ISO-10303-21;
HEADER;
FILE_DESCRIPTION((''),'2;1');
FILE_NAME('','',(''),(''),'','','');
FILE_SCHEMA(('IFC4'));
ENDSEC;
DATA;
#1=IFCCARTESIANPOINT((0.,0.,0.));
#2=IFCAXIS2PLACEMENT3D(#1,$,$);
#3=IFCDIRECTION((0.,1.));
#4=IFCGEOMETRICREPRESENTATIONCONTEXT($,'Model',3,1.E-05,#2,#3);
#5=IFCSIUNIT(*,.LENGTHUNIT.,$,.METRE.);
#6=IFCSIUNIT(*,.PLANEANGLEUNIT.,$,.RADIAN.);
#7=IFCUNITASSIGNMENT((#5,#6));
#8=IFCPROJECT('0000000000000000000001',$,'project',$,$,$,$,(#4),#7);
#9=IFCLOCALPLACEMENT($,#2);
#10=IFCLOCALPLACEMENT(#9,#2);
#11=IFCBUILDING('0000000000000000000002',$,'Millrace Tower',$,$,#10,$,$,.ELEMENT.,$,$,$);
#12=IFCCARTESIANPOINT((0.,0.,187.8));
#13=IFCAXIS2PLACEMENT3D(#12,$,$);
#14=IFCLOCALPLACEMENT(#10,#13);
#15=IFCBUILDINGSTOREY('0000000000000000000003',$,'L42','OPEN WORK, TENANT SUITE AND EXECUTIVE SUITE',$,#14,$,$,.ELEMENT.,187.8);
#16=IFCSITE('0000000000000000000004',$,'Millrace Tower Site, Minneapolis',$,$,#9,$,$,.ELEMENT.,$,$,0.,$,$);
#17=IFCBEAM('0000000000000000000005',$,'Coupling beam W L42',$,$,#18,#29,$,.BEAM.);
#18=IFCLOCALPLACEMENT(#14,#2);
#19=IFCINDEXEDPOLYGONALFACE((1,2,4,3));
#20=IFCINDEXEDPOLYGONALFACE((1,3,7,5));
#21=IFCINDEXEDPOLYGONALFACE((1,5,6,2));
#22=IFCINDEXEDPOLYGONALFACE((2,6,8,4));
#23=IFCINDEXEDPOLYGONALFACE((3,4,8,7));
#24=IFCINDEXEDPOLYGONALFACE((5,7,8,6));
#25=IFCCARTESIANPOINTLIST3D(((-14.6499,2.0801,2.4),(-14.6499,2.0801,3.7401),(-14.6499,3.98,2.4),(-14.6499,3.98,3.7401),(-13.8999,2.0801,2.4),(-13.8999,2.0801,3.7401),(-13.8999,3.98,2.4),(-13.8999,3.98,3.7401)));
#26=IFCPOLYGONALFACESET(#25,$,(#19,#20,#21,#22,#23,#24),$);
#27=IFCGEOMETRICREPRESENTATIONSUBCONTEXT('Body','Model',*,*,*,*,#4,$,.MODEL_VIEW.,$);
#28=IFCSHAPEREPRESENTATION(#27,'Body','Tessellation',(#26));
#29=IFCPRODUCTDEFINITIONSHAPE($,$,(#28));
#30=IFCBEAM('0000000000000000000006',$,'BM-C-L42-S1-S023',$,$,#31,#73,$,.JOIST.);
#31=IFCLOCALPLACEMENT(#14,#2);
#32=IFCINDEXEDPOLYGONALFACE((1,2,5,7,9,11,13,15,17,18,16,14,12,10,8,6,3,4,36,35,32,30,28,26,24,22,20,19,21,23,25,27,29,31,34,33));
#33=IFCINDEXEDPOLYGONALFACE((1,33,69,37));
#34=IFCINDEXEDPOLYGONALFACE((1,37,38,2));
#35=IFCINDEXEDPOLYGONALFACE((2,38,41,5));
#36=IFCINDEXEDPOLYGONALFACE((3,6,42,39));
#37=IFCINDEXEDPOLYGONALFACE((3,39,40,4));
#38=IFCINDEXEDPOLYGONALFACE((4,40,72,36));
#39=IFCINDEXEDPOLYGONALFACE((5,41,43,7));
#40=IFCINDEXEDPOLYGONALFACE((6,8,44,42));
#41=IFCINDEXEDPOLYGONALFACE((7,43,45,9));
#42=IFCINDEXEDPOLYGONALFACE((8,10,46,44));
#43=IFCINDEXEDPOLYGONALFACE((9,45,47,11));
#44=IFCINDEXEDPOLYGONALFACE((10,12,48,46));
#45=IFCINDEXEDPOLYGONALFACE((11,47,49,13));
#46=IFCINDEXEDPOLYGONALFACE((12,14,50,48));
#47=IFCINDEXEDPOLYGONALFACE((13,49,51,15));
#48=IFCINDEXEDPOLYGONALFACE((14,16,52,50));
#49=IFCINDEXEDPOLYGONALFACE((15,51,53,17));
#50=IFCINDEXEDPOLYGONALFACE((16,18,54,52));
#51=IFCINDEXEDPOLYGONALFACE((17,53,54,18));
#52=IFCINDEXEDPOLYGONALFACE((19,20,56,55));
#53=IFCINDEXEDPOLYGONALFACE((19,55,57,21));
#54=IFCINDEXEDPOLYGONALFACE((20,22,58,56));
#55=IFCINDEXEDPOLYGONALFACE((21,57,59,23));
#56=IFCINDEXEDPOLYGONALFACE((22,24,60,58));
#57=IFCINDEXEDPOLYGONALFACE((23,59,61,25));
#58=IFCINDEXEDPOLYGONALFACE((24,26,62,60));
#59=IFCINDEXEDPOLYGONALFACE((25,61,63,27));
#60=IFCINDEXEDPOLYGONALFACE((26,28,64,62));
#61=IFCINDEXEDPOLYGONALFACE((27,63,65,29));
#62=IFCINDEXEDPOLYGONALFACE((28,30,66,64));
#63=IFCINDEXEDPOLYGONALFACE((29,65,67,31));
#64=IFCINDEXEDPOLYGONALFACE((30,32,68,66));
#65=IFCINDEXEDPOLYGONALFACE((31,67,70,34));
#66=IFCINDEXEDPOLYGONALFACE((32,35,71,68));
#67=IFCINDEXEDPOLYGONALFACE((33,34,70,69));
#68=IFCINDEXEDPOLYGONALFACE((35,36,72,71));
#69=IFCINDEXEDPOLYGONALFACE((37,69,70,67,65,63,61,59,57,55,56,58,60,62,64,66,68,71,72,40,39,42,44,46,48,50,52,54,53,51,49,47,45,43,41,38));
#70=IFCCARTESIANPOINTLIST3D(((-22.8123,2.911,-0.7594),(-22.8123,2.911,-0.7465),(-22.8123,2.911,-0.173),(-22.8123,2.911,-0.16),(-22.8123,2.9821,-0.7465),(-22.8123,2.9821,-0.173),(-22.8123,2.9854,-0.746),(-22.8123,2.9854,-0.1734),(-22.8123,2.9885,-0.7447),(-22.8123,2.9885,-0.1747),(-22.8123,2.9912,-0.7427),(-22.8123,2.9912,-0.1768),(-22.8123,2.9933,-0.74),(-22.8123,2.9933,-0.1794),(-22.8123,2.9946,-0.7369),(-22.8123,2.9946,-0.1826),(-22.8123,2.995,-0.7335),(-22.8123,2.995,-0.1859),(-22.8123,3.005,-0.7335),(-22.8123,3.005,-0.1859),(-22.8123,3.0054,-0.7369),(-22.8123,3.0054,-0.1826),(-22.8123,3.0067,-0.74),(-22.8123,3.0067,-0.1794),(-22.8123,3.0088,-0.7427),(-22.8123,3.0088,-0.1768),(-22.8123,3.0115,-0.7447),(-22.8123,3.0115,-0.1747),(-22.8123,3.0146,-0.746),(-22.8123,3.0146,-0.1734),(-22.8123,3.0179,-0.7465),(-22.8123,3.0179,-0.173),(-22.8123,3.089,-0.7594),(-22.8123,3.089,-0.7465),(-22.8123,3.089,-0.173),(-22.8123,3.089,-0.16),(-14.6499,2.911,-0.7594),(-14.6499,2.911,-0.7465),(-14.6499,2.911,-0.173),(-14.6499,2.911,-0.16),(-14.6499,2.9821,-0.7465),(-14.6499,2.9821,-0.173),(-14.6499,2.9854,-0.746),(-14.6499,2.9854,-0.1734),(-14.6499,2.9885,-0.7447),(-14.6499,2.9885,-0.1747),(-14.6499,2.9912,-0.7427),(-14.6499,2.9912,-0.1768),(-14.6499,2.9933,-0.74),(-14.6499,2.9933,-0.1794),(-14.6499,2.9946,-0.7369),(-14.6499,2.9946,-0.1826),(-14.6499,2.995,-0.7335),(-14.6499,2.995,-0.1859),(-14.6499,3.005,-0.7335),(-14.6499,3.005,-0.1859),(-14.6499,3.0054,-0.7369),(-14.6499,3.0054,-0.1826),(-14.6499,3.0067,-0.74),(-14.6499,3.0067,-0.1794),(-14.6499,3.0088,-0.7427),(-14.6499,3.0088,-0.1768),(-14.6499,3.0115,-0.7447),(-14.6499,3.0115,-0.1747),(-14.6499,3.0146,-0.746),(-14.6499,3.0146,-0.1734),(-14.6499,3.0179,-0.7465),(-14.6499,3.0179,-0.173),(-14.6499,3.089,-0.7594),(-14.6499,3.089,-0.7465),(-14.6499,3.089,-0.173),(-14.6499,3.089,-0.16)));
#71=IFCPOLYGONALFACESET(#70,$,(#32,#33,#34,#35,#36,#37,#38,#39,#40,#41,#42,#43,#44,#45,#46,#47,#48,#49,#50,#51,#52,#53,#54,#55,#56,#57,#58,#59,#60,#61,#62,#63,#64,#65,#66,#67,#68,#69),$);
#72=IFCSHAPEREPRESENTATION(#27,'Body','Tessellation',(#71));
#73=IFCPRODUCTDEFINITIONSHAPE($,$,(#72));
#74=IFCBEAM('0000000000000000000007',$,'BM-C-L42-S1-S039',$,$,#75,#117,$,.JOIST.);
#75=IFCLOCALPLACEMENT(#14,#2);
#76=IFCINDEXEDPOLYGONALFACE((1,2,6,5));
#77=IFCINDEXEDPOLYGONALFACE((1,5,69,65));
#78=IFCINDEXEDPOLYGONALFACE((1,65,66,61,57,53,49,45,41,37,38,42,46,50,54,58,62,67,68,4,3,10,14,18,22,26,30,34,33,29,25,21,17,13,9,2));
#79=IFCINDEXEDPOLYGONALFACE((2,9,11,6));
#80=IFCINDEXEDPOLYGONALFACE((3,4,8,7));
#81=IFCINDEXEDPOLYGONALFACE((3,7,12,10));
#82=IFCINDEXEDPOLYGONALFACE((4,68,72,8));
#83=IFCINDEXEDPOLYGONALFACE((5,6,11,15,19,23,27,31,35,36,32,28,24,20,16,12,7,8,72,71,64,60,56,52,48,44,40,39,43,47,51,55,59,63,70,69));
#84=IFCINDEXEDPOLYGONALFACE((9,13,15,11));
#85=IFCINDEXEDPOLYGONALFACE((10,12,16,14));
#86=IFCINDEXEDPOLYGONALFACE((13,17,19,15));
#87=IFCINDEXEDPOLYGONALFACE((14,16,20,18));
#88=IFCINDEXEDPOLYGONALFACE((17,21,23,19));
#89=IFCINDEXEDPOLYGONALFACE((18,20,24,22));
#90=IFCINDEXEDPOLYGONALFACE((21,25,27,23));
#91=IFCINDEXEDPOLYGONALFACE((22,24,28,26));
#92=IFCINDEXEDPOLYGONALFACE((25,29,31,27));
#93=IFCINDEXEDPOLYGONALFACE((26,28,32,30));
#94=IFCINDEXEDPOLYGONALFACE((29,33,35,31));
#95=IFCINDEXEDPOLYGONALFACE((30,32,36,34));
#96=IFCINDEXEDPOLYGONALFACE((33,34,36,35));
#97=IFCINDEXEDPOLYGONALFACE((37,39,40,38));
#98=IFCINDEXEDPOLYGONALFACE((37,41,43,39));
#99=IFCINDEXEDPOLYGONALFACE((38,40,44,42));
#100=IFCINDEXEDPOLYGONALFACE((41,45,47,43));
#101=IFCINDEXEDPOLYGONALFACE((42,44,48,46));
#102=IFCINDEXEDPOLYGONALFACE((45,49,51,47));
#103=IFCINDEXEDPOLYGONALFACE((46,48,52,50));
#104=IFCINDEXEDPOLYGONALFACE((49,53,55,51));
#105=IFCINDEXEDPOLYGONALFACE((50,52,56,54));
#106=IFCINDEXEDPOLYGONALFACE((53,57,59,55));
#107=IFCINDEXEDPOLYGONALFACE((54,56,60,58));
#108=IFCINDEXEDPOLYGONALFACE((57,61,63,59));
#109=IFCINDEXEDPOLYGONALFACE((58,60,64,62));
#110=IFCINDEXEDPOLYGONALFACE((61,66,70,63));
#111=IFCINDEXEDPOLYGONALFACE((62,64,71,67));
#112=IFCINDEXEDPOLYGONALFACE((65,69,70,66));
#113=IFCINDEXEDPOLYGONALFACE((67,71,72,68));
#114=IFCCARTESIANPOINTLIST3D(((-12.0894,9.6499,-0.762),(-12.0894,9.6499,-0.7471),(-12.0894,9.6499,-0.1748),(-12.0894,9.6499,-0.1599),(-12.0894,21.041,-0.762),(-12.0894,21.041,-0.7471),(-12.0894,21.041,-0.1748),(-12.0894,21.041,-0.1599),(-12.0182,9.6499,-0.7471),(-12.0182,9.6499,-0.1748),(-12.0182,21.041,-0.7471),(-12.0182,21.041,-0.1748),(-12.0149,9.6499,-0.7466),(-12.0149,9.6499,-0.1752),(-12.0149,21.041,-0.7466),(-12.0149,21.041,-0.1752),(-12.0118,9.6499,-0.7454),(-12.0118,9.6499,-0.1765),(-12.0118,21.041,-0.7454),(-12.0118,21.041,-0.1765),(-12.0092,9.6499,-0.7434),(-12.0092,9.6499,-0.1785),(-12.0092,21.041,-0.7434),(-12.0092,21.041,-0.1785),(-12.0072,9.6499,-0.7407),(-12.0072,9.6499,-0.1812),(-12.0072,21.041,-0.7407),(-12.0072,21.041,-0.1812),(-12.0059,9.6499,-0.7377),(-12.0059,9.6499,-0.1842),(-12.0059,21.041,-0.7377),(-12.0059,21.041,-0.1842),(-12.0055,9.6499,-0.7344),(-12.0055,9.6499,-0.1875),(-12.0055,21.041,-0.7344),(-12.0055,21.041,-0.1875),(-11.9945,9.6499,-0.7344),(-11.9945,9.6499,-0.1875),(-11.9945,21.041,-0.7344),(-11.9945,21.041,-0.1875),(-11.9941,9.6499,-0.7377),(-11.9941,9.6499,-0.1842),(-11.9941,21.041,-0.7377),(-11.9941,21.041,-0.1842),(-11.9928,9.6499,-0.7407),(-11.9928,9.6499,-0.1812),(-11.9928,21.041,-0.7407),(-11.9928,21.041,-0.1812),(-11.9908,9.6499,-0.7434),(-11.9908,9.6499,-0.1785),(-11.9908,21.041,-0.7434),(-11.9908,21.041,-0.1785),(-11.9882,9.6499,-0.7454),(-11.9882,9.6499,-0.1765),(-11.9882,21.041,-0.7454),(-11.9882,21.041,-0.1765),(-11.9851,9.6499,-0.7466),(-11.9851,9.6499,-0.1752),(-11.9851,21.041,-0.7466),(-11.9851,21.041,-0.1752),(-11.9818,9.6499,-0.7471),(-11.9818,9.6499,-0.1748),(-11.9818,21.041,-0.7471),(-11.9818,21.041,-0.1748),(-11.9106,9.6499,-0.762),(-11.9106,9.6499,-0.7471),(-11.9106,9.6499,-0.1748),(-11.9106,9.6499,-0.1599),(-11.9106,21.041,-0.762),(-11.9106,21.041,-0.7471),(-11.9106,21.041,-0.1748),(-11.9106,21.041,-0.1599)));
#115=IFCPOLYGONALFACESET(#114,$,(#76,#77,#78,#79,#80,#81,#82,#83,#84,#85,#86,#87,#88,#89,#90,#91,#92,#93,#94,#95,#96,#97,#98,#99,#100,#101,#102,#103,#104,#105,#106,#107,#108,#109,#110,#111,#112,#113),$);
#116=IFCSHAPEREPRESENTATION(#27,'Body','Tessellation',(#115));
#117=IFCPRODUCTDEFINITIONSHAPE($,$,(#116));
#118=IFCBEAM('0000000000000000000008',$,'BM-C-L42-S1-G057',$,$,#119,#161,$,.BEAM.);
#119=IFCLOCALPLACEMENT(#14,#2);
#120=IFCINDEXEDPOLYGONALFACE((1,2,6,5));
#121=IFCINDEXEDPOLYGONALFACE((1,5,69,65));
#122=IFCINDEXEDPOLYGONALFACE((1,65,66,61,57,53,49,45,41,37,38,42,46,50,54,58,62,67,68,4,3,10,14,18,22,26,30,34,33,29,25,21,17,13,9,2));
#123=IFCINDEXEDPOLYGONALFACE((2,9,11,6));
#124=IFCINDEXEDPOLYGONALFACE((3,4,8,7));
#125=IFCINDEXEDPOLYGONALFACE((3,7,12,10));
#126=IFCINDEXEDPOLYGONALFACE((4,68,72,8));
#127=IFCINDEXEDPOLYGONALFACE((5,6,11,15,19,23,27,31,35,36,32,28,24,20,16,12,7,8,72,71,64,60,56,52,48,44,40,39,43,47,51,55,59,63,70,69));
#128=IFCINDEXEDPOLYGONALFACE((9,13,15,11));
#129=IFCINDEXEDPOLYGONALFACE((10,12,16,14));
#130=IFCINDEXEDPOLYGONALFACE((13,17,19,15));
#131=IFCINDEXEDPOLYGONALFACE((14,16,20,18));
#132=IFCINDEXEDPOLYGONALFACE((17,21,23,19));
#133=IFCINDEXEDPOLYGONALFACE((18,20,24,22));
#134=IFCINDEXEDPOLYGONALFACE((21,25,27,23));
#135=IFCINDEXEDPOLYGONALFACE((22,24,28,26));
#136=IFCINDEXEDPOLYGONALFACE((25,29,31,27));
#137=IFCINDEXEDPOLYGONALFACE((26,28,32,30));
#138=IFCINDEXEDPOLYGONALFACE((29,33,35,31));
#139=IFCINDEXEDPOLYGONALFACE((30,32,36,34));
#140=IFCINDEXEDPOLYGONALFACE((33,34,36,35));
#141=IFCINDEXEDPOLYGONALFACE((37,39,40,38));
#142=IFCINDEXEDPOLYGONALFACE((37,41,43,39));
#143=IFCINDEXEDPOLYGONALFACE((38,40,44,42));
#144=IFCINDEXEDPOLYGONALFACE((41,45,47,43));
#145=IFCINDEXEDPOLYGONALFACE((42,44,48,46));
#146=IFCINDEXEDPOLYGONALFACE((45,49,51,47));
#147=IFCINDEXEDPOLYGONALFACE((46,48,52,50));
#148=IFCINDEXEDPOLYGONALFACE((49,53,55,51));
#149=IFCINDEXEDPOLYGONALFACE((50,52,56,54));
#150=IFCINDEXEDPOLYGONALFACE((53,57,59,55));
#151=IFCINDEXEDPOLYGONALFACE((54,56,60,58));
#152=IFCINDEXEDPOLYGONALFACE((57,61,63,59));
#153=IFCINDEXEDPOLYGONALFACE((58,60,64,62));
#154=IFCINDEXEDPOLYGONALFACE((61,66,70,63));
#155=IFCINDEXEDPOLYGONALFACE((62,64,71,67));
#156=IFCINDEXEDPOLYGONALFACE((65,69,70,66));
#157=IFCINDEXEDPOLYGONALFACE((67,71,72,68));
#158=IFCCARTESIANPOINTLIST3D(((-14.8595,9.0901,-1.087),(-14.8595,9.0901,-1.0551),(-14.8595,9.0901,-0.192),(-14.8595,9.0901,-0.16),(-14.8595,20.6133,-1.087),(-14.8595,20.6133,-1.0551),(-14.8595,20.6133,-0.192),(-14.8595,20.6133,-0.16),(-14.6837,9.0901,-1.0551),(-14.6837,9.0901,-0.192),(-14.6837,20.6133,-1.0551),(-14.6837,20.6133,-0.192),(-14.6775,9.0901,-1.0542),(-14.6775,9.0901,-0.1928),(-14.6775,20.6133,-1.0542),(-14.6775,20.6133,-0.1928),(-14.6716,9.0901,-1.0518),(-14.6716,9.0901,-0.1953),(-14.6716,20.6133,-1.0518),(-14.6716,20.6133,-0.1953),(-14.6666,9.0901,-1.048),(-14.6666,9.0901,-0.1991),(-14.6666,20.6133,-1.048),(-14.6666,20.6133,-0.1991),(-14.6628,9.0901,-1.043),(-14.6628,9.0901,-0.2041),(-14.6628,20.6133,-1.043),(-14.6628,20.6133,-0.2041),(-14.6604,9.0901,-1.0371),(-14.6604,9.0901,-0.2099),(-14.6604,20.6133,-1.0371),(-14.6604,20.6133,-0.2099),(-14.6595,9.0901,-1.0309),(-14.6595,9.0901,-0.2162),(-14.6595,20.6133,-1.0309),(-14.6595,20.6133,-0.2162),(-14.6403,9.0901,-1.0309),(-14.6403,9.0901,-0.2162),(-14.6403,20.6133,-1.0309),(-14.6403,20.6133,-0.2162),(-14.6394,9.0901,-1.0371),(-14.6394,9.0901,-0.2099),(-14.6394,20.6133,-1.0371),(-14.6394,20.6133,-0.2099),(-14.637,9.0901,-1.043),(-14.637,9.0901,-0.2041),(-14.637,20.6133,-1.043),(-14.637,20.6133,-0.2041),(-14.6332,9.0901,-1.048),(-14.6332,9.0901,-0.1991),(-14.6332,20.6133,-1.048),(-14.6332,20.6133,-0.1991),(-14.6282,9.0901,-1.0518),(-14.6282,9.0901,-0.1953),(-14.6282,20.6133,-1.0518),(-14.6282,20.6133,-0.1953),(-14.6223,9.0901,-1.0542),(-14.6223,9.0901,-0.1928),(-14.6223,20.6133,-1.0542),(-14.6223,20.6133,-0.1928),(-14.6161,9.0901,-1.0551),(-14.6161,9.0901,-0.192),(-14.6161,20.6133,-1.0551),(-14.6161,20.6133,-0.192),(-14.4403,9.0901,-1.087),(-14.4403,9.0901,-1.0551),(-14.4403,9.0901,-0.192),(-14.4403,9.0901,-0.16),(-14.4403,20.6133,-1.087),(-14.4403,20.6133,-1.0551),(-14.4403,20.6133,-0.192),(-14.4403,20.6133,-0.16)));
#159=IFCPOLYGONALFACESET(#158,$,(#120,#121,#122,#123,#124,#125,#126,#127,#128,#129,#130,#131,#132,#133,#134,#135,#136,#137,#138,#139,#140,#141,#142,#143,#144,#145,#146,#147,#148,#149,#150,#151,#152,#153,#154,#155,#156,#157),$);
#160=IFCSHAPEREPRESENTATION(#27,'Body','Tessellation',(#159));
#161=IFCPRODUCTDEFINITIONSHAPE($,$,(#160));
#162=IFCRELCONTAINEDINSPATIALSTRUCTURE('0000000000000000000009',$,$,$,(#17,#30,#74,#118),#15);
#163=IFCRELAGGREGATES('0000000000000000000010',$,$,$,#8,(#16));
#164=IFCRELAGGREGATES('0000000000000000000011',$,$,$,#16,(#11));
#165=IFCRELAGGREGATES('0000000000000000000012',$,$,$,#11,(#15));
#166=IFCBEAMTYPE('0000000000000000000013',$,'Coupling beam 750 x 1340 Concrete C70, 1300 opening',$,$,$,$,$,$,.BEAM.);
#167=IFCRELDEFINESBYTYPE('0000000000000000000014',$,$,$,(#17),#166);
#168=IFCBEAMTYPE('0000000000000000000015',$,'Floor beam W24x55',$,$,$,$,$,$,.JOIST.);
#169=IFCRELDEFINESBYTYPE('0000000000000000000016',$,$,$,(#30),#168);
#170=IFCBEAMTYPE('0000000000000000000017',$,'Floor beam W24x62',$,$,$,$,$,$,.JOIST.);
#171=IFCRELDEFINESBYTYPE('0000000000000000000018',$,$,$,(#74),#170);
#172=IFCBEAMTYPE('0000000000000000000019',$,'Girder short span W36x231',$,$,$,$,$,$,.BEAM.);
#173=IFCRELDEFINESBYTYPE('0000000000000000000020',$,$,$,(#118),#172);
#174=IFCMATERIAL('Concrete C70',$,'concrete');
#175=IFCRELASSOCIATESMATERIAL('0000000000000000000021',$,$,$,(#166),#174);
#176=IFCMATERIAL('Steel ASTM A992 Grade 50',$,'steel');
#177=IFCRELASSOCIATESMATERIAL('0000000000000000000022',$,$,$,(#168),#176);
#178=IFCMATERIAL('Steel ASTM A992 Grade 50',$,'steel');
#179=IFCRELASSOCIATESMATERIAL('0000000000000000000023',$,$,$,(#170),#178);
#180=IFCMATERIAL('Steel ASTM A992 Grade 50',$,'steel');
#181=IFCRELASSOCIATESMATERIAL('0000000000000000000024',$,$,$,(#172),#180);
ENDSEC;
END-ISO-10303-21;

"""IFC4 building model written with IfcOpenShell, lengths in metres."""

from ifc_helpers import new_model, si_unit, direction, frame, origin, origin_2d, place, context, subcontext, project, spatial, rectangle, i_section, extrude, material, material_profile, profile_set, type_object, element, save


model = new_model("IFC4")

# Units and contexts
model_context = context("Model", 3, precision=1e-05, world=origin(), true_north=direction((0.0, 1.0)))
body_context = subcontext(model_context, "Body", "Model", "MODEL_VIEW")
ifc_project = project(units=[si_unit("LENGTHUNIT", "METRE"), si_unit("PLANEANGLEUNIT", "RADIAN")], contexts=[model_context])

# Site, building, storey
site_placement = place(None, origin())
site = spatial("IfcSite", under=ifc_project, at=site_placement, Name="Millrace Tower Site, Minneapolis", CompositionType="ELEMENT", RefElevation=0.0)
building_placement = place(site_placement, origin())
building = spatial("IfcBuilding", under=site, at=building_placement, Name="Millrace Tower", CompositionType="ELEMENT")
storey_placement = place(building_placement, frame((0.0, 0.0, 187.8)))
storey = spatial("IfcBuildingStorey", under=building, at=storey_placement, Name="L42", Description="OPEN WORK, TENANT SUITE AND EXECUTIVE SUITE", CompositionType="ELEMENT", Elevation=187.8)

# Beams
ifc_material_1 = material(Name="Concrete C70", Category="concrete")
ifc_material_profile_1 = material_profile(ifc_material_1, rectangle(XDim=0.75, YDim=1.3401, at=origin_2d()))
ifc_profile_set_1 = profile_set([ifc_material_profile_1], Name="Concrete C70")
beam_type_1 = type_object("IfcBeamType", Name="Coupling beam 750 x 1340 Concrete C70, 1300 opening", PredefinedType="BEAM", material=ifc_profile_set_1)
beam_1_placement = place(storey_placement, frame((-14.2749, 2.0801, 3.0701), z_axis=(0.0, 1.0, 0.0), x_axis=(-1.0, 0.0, 0.0)))
element("IfcBeam", 1, at=beam_1_placement, inside=storey, type_object=beam_type_1, Name="Coupling beam W L42", PredefinedType="BEAM", context=body_context, shape_type="SweptSolid", body=[
    extrude(rectangle(XDim=0.75, YDim=1.3401, at=origin_2d()), origin(), (0.0, 0.0, 1.0), 1.8999),
])
ifc_material_2 = material(Name="Steel ASTM A992 Grade 50", Category="steel")
ifc_material_profile_2 = material_profile(ifc_material_2, i_section(OverallWidth=0.178, OverallDepth=0.5994, WebThickness=0.01, FlangeThickness=0.0129, FilletRadius=0.0129, at=origin_2d()))
ifc_profile_set_2 = profile_set([ifc_material_profile_2], Name="Steel ASTM A992 Grade 50")
beam_type_2 = type_object("IfcBeamType", Name="Floor beam W24x55", PredefinedType="JOIST", material=ifc_profile_set_2)
beam_2_placement = place(storey_placement, frame((-22.8123, 3.0, -0.4597), z_axis=(1.0, 0.0, 0.0), x_axis=(0.0, 1.0, 0.0)))
element("IfcBeam", 2, at=beam_2_placement, inside=storey, type_object=beam_type_2, Name="BM-C-L42-S1-S023", PredefinedType="JOIST", context=body_context, shape_type="SweptSolid", body=[
    extrude(i_section(OverallWidth=0.178, OverallDepth=0.5994, WebThickness=0.01, FlangeThickness=0.0129, FilletRadius=0.0129, at=origin_2d()), origin(), (0.0, 0.0, 1.0), 8.1624),
])
ifc_material_3 = material(Name="Steel ASTM A992 Grade 50", Category="steel")
ifc_material_profile_3 = material_profile(ifc_material_3, i_section(OverallWidth=0.1787, OverallDepth=0.6021, WebThickness=0.011, FlangeThickness=0.0149, FilletRadius=0.0127, at=origin_2d()))
ifc_profile_set_3 = profile_set([ifc_material_profile_3], Name="Steel ASTM A992 Grade 50")
beam_type_3 = type_object("IfcBeamType", Name="Floor beam W24x62", PredefinedType="JOIST", material=ifc_profile_set_3)
beam_3_placement = place(storey_placement, frame((-12.0, 9.6499, -0.4609), z_axis=(0.0, 1.0, 0.0), x_axis=(-1.0, 0.0, 0.0)))
element("IfcBeam", 3, at=beam_3_placement, inside=storey, type_object=beam_type_3, Name="BM-C-L42-S1-S039", PredefinedType="JOIST", context=body_context, shape_type="SweptSolid", body=[
    extrude(i_section(OverallWidth=0.1787, OverallDepth=0.6021, WebThickness=0.011, FlangeThickness=0.0149, FilletRadius=0.0127, at=origin_2d()), origin(), (0.0, 0.0, 1.0), 11.3911),
])
ifc_material_4 = material(Name="Steel ASTM A992 Grade 50", Category="steel")
ifc_material_profile_4 = material_profile(ifc_material_4, i_section(OverallWidth=0.4192, OverallDepth=0.927, WebThickness=0.0193, FlangeThickness=0.032, FilletRadius=0.0242, at=origin_2d()))
ifc_profile_set_4 = profile_set([ifc_material_profile_4], Name="Steel ASTM A992 Grade 50")
beam_type_4 = type_object("IfcBeamType", Name="Girder short span W36x231", PredefinedType="BEAM", material=ifc_profile_set_4)
beam_4_placement = place(storey_placement, frame((-14.6499, 9.0901, -0.6235), z_axis=(0.0, 1.0, 0.0), x_axis=(-1.0, 0.0, 0.0)))
element("IfcBeam", 4, at=beam_4_placement, inside=storey, type_object=beam_type_4, Name="BM-C-L42-S1-G057", PredefinedType="BEAM", context=body_context, shape_type="SweptSolid", body=[
    extrude(i_section(OverallWidth=0.4192, OverallDepth=0.927, WebThickness=0.0193, FlangeThickness=0.032, FilletRadius=0.0242, at=origin_2d()), origin(), (0.0, 0.0, 1.0), 11.5232),
])

save(model, "model.ifc")
